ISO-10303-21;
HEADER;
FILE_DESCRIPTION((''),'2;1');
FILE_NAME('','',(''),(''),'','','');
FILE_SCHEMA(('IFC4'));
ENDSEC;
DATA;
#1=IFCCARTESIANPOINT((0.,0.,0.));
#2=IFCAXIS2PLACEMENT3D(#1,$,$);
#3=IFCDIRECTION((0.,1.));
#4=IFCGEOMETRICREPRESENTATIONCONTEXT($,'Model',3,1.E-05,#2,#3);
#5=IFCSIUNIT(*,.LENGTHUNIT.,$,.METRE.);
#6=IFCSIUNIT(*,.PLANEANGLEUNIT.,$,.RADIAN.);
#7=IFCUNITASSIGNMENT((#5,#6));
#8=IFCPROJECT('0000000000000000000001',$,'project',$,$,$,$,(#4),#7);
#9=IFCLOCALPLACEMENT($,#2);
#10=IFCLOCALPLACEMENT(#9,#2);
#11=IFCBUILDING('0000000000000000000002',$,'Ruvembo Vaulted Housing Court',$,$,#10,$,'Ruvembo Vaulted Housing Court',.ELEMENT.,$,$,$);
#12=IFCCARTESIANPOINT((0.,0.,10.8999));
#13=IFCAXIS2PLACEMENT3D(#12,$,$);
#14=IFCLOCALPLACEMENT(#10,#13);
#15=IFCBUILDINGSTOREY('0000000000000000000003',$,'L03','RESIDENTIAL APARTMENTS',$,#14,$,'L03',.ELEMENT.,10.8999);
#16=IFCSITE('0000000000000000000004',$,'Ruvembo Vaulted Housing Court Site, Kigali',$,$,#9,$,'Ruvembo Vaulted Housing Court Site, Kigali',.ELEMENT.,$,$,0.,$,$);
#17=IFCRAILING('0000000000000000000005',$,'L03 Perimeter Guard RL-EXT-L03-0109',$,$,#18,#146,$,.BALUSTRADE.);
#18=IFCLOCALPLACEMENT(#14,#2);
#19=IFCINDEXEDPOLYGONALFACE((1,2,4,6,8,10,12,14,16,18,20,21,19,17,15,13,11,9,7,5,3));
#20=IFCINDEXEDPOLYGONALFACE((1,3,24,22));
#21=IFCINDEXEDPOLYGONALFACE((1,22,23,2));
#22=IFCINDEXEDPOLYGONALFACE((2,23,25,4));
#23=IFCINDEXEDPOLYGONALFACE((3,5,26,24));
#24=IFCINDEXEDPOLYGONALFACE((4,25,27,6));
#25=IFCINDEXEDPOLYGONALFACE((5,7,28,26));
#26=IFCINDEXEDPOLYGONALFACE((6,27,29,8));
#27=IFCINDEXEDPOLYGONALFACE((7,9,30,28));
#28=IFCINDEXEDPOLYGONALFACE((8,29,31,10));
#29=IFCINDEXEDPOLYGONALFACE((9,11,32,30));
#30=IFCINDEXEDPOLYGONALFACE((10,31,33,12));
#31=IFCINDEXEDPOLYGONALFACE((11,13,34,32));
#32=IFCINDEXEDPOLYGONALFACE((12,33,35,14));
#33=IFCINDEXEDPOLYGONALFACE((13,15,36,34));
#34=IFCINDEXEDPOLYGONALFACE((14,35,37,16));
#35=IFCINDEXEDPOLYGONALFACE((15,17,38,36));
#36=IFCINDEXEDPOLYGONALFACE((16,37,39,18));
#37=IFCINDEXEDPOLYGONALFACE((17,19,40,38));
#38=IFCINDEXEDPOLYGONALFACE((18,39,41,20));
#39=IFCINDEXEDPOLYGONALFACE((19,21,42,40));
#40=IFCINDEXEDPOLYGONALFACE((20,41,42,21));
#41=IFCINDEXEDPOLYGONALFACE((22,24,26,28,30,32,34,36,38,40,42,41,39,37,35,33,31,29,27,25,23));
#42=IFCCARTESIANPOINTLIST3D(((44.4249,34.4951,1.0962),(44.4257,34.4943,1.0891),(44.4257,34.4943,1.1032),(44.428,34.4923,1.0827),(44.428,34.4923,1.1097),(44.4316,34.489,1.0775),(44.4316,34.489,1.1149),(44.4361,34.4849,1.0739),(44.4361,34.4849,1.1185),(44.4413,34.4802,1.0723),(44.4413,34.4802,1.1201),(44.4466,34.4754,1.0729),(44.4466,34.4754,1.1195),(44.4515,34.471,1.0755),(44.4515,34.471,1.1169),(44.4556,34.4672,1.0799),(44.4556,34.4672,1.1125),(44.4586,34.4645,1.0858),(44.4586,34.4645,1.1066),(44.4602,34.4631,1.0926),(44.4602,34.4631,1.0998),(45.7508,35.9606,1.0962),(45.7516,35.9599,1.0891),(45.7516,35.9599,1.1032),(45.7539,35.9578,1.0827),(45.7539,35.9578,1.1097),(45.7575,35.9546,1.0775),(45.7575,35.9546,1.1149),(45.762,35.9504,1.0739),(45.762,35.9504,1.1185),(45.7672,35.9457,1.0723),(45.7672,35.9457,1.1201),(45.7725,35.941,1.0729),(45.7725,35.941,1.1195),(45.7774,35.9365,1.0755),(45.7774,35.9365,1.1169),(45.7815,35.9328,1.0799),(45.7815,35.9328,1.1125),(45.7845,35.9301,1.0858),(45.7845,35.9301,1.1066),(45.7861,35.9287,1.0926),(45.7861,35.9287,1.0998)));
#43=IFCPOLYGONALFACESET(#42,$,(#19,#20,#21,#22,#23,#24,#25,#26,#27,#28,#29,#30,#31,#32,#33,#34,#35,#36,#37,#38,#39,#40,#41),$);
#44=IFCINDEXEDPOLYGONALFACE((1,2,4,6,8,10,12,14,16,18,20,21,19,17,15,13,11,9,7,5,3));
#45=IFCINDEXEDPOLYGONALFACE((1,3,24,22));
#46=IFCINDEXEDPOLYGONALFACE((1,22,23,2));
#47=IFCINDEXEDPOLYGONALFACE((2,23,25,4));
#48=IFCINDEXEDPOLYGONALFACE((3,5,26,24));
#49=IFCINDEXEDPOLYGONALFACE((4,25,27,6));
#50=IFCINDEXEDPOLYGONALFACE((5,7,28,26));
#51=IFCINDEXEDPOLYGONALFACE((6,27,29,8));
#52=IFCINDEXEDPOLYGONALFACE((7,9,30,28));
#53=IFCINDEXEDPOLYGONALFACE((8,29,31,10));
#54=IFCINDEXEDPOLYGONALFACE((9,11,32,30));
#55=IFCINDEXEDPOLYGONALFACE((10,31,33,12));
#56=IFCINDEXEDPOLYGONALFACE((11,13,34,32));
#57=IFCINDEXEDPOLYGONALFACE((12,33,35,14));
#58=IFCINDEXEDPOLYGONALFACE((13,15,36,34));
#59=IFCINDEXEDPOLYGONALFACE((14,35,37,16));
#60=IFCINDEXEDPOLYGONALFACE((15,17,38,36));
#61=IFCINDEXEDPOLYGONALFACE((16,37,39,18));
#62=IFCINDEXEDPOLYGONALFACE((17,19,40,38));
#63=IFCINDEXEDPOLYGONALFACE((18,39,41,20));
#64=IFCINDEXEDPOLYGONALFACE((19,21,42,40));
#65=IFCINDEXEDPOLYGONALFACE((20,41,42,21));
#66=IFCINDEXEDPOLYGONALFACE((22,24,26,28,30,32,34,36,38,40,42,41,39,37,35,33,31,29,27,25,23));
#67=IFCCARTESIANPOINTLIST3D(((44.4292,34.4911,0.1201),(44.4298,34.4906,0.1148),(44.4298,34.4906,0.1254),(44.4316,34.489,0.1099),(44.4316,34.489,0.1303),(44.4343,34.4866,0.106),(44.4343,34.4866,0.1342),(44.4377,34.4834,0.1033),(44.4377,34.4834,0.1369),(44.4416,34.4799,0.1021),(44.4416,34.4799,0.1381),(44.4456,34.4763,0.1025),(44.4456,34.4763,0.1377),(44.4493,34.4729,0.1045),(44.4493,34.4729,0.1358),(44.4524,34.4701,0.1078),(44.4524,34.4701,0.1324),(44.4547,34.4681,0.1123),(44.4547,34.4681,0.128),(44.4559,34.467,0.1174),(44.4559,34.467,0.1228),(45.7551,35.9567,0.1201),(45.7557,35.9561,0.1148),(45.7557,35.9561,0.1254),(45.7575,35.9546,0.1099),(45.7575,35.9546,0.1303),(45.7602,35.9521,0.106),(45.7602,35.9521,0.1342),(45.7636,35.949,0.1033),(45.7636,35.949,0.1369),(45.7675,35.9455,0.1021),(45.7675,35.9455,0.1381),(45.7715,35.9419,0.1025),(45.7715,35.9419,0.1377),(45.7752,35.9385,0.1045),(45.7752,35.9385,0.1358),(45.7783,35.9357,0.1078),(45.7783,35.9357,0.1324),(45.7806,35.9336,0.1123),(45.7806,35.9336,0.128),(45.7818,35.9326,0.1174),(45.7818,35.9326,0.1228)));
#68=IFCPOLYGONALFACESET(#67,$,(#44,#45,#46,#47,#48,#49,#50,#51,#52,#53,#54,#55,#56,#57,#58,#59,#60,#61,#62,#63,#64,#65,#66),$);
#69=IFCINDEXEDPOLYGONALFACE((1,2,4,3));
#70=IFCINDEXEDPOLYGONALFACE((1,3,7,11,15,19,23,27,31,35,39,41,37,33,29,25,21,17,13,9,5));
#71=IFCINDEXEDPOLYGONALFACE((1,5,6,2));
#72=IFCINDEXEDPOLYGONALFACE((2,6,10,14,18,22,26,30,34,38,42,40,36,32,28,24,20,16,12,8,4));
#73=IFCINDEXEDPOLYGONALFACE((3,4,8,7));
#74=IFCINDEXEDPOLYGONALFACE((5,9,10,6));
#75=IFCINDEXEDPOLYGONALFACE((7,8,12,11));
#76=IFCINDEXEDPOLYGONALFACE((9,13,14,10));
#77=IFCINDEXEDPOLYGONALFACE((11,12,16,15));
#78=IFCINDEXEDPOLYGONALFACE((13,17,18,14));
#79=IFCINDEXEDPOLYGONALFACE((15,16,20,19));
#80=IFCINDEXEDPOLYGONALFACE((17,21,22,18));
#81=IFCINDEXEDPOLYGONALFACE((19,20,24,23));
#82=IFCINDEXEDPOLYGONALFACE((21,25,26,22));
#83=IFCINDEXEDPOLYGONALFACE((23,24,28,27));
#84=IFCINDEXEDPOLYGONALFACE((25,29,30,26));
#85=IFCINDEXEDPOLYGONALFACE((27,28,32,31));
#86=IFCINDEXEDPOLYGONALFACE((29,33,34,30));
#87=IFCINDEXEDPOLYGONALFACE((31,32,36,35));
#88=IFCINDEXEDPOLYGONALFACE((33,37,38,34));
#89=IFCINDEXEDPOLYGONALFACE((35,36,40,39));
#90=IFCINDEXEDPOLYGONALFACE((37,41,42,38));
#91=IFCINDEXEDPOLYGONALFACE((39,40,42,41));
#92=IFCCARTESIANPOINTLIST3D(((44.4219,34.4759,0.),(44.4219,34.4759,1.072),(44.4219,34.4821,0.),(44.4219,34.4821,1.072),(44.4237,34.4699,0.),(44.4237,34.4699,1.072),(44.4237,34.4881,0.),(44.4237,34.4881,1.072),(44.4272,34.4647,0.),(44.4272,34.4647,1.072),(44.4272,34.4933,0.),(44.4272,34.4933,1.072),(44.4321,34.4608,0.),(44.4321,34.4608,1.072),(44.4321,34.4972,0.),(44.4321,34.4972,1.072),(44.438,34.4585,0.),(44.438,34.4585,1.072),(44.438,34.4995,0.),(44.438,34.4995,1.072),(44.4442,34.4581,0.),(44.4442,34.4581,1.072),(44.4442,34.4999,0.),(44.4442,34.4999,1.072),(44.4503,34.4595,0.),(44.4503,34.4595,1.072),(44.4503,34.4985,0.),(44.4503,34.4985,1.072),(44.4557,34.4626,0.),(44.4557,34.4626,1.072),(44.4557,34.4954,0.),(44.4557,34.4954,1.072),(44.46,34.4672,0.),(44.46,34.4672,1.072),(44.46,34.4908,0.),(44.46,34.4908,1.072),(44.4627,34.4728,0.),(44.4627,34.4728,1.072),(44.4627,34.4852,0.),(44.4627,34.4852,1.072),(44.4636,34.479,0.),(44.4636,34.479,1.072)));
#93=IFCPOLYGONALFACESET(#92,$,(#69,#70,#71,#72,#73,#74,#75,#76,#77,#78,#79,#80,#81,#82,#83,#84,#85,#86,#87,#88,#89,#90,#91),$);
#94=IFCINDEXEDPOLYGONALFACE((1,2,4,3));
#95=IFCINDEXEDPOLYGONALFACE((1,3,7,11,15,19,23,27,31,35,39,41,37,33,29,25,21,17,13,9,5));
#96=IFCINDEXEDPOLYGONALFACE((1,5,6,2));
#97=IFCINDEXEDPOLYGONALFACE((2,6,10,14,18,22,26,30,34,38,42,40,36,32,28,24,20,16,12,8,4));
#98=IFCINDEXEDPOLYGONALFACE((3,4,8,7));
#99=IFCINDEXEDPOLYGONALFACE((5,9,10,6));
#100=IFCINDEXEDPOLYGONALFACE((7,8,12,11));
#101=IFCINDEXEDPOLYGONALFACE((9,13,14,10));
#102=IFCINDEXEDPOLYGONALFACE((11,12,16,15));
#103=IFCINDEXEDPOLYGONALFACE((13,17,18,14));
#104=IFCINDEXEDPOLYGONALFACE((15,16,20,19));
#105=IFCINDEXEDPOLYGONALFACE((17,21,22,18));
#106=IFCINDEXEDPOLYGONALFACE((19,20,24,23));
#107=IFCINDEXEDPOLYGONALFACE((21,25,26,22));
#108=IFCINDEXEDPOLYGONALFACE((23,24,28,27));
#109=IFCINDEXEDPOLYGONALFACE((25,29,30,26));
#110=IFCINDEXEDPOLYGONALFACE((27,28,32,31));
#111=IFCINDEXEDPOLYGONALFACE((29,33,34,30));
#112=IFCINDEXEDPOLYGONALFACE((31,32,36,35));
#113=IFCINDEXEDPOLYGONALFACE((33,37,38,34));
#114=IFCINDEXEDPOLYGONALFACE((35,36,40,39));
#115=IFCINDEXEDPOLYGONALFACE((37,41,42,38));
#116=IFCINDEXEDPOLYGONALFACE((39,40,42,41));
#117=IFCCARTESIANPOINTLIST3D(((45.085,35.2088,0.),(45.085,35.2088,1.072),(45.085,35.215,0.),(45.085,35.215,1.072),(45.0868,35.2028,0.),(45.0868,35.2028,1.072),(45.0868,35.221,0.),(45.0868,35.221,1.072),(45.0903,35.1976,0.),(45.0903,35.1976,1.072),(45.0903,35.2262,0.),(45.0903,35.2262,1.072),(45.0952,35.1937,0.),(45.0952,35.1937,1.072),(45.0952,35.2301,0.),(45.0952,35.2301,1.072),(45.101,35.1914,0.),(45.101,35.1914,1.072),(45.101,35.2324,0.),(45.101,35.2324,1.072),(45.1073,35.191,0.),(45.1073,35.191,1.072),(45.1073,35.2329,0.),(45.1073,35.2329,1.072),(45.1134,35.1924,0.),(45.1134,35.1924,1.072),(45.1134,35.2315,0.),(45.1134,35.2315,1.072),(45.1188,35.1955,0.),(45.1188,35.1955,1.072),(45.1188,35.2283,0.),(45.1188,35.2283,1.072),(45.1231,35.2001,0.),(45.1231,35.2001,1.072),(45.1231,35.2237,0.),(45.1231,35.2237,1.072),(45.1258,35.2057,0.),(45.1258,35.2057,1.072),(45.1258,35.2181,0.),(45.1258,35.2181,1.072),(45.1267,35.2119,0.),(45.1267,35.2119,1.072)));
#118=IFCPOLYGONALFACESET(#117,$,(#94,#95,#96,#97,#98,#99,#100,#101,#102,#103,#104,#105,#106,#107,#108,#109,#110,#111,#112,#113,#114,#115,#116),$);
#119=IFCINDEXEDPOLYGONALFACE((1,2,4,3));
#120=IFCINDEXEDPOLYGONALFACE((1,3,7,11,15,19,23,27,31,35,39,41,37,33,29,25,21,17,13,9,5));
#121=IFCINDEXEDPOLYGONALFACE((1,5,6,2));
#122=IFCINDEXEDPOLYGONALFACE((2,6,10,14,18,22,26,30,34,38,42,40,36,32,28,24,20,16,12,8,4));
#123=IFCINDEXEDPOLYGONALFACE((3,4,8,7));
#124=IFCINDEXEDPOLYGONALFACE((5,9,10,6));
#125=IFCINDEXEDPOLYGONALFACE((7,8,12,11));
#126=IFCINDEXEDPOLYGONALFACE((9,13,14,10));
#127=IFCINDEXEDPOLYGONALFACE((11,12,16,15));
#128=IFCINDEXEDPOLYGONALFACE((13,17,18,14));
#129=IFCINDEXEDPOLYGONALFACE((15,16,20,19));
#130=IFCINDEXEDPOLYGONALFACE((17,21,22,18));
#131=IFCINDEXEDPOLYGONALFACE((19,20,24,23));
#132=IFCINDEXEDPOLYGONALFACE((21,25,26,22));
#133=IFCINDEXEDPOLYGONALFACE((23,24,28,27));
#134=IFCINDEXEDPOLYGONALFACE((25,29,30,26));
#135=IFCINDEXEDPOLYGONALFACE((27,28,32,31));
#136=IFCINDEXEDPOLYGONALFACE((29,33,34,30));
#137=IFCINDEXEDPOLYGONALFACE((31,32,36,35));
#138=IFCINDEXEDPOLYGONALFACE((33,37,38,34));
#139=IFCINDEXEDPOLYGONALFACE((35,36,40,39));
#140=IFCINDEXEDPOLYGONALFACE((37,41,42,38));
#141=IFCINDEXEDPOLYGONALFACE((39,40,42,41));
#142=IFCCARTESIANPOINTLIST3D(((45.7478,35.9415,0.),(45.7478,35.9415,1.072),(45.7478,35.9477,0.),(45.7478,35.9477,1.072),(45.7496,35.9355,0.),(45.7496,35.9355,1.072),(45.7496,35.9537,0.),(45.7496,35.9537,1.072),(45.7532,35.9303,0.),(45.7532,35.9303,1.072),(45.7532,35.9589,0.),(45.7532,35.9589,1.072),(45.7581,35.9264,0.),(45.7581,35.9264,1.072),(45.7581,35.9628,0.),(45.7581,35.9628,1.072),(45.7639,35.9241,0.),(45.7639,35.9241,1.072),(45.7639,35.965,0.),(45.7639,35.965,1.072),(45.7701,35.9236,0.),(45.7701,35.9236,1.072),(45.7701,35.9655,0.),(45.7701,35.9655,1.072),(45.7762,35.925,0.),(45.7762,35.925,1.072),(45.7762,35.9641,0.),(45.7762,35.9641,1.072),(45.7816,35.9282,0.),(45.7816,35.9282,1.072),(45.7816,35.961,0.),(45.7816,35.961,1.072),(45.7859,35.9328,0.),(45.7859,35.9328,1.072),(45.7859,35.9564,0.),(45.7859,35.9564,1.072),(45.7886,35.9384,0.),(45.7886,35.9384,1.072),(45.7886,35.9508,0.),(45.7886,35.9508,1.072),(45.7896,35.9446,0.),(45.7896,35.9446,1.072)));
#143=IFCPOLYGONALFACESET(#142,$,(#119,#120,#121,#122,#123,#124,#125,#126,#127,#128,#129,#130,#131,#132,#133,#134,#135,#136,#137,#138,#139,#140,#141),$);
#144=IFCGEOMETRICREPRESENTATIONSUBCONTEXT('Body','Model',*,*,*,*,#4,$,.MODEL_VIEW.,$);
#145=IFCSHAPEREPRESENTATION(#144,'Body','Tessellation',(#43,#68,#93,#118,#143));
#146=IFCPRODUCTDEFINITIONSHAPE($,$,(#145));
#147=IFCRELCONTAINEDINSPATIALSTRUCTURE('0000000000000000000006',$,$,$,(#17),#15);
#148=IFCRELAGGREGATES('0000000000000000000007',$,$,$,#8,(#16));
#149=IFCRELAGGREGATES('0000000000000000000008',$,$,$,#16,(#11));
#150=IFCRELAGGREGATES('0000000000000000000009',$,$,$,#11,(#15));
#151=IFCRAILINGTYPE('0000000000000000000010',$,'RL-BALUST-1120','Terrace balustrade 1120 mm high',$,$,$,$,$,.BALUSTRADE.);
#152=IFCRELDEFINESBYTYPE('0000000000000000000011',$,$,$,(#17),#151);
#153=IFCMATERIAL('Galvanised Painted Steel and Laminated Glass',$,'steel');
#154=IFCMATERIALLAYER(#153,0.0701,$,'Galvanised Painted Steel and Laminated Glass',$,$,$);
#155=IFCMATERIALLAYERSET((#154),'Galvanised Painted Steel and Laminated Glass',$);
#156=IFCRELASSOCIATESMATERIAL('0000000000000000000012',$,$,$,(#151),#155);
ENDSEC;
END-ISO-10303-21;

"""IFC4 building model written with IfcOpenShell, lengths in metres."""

from ifc_helpers import new_model, si_unit, direction, frame, origin, origin_2d, place, context, subcontext, project, spatial, circle, extrude, material, layer, layer_set, type_object, element, save


model = new_model("IFC4")

# Units and contexts
model_context = context("Model", 3, precision=1e-05, world=origin(), true_north=direction((0.0, 1.0)))
body_context = subcontext(model_context, "Body", "Model", "MODEL_VIEW")
ifc_project = project(units=[si_unit("LENGTHUNIT", "METRE"), si_unit("PLANEANGLEUNIT", "RADIAN")], contexts=[model_context])

# Site, building, storey
site_placement = place(None, origin())
site = spatial("IfcSite", under=ifc_project, at=site_placement, Name="Ruvembo Vaulted Housing Court Site, Kigali", LongName="Ruvembo Vaulted Housing Court Site, Kigali", CompositionType="ELEMENT", RefElevation=0.0)
building_placement = place(site_placement, origin())
building = spatial("IfcBuilding", under=site, at=building_placement, Name="Ruvembo Vaulted Housing Court", LongName="Ruvembo Vaulted Housing Court", CompositionType="ELEMENT")
storey_placement = place(building_placement, frame((0.0, 0.0, 10.8999)))
storey = spatial("IfcBuildingStorey", under=building, at=storey_placement, Name="L03", Description="RESIDENTIAL APARTMENTS", LongName="L03", CompositionType="ELEMENT", Elevation=10.8999)

# Railing
ifc_material_1 = material(Name="Galvanised Painted Steel and Laminated Glass", Category="steel")
ifc_layer_1 = layer(ifc_material_1, 0.0701, Name="Galvanised Painted Steel and Laminated Glass")
ifc_layer_set_1 = layer_set([ifc_layer_1], Name="Galvanised Painted Steel and Laminated Glass")
railing_type_1 = type_object("IfcRailingType", Name="RL-BALUST-1120", Description="Terrace balustrade 1120 mm high", PredefinedType="BALUSTRADE", material=ifc_layer_set_1)
railing_1_placement = place(storey_placement, frame((44.4426, 34.479, 0.0)))
element("IfcRailing", 1, at=railing_1_placement, inside=storey, type_object=railing_type_1, Name="L03 Perimeter Guard RL-EXT-L03-0109", PredefinedType="BALUSTRADE", context=body_context, shape_type="SweptSolid", body=[
    extrude(circle(Radius=0.0239, at=origin_2d()), frame((0.0, 0.0, 1.0962), z_axis=(0.670894, 0.741553, 0.0), x_axis=(-0.741553, 0.670894, 0.0)), (0.0, 0.0, 1.0), 1.9763),
    extrude(circle(Radius=0.0181, at=origin_2d()), frame((0.0, 0.0, 0.1201), z_axis=(0.670894, 0.741553, 0.0), x_axis=(-0.741553, 0.670894, 0.0)), (0.0, 0.0, 1.0), 1.9763),
    extrude(circle(Radius=0.021, at=origin_2d()), origin(), (0.0, 0.0, 1.0), 1.072),
    extrude(circle(Radius=0.021, at=origin_2d()), frame((0.6631, 0.7329, 0.0)), (0.0, 0.0, 1.0), 1.072),
    extrude(circle(Radius=0.021, at=origin_2d()), frame((1.3259, 1.4656, 0.0)), (0.0, 0.0, 1.0), 1.072),
])

save(model, "model.ifc")
